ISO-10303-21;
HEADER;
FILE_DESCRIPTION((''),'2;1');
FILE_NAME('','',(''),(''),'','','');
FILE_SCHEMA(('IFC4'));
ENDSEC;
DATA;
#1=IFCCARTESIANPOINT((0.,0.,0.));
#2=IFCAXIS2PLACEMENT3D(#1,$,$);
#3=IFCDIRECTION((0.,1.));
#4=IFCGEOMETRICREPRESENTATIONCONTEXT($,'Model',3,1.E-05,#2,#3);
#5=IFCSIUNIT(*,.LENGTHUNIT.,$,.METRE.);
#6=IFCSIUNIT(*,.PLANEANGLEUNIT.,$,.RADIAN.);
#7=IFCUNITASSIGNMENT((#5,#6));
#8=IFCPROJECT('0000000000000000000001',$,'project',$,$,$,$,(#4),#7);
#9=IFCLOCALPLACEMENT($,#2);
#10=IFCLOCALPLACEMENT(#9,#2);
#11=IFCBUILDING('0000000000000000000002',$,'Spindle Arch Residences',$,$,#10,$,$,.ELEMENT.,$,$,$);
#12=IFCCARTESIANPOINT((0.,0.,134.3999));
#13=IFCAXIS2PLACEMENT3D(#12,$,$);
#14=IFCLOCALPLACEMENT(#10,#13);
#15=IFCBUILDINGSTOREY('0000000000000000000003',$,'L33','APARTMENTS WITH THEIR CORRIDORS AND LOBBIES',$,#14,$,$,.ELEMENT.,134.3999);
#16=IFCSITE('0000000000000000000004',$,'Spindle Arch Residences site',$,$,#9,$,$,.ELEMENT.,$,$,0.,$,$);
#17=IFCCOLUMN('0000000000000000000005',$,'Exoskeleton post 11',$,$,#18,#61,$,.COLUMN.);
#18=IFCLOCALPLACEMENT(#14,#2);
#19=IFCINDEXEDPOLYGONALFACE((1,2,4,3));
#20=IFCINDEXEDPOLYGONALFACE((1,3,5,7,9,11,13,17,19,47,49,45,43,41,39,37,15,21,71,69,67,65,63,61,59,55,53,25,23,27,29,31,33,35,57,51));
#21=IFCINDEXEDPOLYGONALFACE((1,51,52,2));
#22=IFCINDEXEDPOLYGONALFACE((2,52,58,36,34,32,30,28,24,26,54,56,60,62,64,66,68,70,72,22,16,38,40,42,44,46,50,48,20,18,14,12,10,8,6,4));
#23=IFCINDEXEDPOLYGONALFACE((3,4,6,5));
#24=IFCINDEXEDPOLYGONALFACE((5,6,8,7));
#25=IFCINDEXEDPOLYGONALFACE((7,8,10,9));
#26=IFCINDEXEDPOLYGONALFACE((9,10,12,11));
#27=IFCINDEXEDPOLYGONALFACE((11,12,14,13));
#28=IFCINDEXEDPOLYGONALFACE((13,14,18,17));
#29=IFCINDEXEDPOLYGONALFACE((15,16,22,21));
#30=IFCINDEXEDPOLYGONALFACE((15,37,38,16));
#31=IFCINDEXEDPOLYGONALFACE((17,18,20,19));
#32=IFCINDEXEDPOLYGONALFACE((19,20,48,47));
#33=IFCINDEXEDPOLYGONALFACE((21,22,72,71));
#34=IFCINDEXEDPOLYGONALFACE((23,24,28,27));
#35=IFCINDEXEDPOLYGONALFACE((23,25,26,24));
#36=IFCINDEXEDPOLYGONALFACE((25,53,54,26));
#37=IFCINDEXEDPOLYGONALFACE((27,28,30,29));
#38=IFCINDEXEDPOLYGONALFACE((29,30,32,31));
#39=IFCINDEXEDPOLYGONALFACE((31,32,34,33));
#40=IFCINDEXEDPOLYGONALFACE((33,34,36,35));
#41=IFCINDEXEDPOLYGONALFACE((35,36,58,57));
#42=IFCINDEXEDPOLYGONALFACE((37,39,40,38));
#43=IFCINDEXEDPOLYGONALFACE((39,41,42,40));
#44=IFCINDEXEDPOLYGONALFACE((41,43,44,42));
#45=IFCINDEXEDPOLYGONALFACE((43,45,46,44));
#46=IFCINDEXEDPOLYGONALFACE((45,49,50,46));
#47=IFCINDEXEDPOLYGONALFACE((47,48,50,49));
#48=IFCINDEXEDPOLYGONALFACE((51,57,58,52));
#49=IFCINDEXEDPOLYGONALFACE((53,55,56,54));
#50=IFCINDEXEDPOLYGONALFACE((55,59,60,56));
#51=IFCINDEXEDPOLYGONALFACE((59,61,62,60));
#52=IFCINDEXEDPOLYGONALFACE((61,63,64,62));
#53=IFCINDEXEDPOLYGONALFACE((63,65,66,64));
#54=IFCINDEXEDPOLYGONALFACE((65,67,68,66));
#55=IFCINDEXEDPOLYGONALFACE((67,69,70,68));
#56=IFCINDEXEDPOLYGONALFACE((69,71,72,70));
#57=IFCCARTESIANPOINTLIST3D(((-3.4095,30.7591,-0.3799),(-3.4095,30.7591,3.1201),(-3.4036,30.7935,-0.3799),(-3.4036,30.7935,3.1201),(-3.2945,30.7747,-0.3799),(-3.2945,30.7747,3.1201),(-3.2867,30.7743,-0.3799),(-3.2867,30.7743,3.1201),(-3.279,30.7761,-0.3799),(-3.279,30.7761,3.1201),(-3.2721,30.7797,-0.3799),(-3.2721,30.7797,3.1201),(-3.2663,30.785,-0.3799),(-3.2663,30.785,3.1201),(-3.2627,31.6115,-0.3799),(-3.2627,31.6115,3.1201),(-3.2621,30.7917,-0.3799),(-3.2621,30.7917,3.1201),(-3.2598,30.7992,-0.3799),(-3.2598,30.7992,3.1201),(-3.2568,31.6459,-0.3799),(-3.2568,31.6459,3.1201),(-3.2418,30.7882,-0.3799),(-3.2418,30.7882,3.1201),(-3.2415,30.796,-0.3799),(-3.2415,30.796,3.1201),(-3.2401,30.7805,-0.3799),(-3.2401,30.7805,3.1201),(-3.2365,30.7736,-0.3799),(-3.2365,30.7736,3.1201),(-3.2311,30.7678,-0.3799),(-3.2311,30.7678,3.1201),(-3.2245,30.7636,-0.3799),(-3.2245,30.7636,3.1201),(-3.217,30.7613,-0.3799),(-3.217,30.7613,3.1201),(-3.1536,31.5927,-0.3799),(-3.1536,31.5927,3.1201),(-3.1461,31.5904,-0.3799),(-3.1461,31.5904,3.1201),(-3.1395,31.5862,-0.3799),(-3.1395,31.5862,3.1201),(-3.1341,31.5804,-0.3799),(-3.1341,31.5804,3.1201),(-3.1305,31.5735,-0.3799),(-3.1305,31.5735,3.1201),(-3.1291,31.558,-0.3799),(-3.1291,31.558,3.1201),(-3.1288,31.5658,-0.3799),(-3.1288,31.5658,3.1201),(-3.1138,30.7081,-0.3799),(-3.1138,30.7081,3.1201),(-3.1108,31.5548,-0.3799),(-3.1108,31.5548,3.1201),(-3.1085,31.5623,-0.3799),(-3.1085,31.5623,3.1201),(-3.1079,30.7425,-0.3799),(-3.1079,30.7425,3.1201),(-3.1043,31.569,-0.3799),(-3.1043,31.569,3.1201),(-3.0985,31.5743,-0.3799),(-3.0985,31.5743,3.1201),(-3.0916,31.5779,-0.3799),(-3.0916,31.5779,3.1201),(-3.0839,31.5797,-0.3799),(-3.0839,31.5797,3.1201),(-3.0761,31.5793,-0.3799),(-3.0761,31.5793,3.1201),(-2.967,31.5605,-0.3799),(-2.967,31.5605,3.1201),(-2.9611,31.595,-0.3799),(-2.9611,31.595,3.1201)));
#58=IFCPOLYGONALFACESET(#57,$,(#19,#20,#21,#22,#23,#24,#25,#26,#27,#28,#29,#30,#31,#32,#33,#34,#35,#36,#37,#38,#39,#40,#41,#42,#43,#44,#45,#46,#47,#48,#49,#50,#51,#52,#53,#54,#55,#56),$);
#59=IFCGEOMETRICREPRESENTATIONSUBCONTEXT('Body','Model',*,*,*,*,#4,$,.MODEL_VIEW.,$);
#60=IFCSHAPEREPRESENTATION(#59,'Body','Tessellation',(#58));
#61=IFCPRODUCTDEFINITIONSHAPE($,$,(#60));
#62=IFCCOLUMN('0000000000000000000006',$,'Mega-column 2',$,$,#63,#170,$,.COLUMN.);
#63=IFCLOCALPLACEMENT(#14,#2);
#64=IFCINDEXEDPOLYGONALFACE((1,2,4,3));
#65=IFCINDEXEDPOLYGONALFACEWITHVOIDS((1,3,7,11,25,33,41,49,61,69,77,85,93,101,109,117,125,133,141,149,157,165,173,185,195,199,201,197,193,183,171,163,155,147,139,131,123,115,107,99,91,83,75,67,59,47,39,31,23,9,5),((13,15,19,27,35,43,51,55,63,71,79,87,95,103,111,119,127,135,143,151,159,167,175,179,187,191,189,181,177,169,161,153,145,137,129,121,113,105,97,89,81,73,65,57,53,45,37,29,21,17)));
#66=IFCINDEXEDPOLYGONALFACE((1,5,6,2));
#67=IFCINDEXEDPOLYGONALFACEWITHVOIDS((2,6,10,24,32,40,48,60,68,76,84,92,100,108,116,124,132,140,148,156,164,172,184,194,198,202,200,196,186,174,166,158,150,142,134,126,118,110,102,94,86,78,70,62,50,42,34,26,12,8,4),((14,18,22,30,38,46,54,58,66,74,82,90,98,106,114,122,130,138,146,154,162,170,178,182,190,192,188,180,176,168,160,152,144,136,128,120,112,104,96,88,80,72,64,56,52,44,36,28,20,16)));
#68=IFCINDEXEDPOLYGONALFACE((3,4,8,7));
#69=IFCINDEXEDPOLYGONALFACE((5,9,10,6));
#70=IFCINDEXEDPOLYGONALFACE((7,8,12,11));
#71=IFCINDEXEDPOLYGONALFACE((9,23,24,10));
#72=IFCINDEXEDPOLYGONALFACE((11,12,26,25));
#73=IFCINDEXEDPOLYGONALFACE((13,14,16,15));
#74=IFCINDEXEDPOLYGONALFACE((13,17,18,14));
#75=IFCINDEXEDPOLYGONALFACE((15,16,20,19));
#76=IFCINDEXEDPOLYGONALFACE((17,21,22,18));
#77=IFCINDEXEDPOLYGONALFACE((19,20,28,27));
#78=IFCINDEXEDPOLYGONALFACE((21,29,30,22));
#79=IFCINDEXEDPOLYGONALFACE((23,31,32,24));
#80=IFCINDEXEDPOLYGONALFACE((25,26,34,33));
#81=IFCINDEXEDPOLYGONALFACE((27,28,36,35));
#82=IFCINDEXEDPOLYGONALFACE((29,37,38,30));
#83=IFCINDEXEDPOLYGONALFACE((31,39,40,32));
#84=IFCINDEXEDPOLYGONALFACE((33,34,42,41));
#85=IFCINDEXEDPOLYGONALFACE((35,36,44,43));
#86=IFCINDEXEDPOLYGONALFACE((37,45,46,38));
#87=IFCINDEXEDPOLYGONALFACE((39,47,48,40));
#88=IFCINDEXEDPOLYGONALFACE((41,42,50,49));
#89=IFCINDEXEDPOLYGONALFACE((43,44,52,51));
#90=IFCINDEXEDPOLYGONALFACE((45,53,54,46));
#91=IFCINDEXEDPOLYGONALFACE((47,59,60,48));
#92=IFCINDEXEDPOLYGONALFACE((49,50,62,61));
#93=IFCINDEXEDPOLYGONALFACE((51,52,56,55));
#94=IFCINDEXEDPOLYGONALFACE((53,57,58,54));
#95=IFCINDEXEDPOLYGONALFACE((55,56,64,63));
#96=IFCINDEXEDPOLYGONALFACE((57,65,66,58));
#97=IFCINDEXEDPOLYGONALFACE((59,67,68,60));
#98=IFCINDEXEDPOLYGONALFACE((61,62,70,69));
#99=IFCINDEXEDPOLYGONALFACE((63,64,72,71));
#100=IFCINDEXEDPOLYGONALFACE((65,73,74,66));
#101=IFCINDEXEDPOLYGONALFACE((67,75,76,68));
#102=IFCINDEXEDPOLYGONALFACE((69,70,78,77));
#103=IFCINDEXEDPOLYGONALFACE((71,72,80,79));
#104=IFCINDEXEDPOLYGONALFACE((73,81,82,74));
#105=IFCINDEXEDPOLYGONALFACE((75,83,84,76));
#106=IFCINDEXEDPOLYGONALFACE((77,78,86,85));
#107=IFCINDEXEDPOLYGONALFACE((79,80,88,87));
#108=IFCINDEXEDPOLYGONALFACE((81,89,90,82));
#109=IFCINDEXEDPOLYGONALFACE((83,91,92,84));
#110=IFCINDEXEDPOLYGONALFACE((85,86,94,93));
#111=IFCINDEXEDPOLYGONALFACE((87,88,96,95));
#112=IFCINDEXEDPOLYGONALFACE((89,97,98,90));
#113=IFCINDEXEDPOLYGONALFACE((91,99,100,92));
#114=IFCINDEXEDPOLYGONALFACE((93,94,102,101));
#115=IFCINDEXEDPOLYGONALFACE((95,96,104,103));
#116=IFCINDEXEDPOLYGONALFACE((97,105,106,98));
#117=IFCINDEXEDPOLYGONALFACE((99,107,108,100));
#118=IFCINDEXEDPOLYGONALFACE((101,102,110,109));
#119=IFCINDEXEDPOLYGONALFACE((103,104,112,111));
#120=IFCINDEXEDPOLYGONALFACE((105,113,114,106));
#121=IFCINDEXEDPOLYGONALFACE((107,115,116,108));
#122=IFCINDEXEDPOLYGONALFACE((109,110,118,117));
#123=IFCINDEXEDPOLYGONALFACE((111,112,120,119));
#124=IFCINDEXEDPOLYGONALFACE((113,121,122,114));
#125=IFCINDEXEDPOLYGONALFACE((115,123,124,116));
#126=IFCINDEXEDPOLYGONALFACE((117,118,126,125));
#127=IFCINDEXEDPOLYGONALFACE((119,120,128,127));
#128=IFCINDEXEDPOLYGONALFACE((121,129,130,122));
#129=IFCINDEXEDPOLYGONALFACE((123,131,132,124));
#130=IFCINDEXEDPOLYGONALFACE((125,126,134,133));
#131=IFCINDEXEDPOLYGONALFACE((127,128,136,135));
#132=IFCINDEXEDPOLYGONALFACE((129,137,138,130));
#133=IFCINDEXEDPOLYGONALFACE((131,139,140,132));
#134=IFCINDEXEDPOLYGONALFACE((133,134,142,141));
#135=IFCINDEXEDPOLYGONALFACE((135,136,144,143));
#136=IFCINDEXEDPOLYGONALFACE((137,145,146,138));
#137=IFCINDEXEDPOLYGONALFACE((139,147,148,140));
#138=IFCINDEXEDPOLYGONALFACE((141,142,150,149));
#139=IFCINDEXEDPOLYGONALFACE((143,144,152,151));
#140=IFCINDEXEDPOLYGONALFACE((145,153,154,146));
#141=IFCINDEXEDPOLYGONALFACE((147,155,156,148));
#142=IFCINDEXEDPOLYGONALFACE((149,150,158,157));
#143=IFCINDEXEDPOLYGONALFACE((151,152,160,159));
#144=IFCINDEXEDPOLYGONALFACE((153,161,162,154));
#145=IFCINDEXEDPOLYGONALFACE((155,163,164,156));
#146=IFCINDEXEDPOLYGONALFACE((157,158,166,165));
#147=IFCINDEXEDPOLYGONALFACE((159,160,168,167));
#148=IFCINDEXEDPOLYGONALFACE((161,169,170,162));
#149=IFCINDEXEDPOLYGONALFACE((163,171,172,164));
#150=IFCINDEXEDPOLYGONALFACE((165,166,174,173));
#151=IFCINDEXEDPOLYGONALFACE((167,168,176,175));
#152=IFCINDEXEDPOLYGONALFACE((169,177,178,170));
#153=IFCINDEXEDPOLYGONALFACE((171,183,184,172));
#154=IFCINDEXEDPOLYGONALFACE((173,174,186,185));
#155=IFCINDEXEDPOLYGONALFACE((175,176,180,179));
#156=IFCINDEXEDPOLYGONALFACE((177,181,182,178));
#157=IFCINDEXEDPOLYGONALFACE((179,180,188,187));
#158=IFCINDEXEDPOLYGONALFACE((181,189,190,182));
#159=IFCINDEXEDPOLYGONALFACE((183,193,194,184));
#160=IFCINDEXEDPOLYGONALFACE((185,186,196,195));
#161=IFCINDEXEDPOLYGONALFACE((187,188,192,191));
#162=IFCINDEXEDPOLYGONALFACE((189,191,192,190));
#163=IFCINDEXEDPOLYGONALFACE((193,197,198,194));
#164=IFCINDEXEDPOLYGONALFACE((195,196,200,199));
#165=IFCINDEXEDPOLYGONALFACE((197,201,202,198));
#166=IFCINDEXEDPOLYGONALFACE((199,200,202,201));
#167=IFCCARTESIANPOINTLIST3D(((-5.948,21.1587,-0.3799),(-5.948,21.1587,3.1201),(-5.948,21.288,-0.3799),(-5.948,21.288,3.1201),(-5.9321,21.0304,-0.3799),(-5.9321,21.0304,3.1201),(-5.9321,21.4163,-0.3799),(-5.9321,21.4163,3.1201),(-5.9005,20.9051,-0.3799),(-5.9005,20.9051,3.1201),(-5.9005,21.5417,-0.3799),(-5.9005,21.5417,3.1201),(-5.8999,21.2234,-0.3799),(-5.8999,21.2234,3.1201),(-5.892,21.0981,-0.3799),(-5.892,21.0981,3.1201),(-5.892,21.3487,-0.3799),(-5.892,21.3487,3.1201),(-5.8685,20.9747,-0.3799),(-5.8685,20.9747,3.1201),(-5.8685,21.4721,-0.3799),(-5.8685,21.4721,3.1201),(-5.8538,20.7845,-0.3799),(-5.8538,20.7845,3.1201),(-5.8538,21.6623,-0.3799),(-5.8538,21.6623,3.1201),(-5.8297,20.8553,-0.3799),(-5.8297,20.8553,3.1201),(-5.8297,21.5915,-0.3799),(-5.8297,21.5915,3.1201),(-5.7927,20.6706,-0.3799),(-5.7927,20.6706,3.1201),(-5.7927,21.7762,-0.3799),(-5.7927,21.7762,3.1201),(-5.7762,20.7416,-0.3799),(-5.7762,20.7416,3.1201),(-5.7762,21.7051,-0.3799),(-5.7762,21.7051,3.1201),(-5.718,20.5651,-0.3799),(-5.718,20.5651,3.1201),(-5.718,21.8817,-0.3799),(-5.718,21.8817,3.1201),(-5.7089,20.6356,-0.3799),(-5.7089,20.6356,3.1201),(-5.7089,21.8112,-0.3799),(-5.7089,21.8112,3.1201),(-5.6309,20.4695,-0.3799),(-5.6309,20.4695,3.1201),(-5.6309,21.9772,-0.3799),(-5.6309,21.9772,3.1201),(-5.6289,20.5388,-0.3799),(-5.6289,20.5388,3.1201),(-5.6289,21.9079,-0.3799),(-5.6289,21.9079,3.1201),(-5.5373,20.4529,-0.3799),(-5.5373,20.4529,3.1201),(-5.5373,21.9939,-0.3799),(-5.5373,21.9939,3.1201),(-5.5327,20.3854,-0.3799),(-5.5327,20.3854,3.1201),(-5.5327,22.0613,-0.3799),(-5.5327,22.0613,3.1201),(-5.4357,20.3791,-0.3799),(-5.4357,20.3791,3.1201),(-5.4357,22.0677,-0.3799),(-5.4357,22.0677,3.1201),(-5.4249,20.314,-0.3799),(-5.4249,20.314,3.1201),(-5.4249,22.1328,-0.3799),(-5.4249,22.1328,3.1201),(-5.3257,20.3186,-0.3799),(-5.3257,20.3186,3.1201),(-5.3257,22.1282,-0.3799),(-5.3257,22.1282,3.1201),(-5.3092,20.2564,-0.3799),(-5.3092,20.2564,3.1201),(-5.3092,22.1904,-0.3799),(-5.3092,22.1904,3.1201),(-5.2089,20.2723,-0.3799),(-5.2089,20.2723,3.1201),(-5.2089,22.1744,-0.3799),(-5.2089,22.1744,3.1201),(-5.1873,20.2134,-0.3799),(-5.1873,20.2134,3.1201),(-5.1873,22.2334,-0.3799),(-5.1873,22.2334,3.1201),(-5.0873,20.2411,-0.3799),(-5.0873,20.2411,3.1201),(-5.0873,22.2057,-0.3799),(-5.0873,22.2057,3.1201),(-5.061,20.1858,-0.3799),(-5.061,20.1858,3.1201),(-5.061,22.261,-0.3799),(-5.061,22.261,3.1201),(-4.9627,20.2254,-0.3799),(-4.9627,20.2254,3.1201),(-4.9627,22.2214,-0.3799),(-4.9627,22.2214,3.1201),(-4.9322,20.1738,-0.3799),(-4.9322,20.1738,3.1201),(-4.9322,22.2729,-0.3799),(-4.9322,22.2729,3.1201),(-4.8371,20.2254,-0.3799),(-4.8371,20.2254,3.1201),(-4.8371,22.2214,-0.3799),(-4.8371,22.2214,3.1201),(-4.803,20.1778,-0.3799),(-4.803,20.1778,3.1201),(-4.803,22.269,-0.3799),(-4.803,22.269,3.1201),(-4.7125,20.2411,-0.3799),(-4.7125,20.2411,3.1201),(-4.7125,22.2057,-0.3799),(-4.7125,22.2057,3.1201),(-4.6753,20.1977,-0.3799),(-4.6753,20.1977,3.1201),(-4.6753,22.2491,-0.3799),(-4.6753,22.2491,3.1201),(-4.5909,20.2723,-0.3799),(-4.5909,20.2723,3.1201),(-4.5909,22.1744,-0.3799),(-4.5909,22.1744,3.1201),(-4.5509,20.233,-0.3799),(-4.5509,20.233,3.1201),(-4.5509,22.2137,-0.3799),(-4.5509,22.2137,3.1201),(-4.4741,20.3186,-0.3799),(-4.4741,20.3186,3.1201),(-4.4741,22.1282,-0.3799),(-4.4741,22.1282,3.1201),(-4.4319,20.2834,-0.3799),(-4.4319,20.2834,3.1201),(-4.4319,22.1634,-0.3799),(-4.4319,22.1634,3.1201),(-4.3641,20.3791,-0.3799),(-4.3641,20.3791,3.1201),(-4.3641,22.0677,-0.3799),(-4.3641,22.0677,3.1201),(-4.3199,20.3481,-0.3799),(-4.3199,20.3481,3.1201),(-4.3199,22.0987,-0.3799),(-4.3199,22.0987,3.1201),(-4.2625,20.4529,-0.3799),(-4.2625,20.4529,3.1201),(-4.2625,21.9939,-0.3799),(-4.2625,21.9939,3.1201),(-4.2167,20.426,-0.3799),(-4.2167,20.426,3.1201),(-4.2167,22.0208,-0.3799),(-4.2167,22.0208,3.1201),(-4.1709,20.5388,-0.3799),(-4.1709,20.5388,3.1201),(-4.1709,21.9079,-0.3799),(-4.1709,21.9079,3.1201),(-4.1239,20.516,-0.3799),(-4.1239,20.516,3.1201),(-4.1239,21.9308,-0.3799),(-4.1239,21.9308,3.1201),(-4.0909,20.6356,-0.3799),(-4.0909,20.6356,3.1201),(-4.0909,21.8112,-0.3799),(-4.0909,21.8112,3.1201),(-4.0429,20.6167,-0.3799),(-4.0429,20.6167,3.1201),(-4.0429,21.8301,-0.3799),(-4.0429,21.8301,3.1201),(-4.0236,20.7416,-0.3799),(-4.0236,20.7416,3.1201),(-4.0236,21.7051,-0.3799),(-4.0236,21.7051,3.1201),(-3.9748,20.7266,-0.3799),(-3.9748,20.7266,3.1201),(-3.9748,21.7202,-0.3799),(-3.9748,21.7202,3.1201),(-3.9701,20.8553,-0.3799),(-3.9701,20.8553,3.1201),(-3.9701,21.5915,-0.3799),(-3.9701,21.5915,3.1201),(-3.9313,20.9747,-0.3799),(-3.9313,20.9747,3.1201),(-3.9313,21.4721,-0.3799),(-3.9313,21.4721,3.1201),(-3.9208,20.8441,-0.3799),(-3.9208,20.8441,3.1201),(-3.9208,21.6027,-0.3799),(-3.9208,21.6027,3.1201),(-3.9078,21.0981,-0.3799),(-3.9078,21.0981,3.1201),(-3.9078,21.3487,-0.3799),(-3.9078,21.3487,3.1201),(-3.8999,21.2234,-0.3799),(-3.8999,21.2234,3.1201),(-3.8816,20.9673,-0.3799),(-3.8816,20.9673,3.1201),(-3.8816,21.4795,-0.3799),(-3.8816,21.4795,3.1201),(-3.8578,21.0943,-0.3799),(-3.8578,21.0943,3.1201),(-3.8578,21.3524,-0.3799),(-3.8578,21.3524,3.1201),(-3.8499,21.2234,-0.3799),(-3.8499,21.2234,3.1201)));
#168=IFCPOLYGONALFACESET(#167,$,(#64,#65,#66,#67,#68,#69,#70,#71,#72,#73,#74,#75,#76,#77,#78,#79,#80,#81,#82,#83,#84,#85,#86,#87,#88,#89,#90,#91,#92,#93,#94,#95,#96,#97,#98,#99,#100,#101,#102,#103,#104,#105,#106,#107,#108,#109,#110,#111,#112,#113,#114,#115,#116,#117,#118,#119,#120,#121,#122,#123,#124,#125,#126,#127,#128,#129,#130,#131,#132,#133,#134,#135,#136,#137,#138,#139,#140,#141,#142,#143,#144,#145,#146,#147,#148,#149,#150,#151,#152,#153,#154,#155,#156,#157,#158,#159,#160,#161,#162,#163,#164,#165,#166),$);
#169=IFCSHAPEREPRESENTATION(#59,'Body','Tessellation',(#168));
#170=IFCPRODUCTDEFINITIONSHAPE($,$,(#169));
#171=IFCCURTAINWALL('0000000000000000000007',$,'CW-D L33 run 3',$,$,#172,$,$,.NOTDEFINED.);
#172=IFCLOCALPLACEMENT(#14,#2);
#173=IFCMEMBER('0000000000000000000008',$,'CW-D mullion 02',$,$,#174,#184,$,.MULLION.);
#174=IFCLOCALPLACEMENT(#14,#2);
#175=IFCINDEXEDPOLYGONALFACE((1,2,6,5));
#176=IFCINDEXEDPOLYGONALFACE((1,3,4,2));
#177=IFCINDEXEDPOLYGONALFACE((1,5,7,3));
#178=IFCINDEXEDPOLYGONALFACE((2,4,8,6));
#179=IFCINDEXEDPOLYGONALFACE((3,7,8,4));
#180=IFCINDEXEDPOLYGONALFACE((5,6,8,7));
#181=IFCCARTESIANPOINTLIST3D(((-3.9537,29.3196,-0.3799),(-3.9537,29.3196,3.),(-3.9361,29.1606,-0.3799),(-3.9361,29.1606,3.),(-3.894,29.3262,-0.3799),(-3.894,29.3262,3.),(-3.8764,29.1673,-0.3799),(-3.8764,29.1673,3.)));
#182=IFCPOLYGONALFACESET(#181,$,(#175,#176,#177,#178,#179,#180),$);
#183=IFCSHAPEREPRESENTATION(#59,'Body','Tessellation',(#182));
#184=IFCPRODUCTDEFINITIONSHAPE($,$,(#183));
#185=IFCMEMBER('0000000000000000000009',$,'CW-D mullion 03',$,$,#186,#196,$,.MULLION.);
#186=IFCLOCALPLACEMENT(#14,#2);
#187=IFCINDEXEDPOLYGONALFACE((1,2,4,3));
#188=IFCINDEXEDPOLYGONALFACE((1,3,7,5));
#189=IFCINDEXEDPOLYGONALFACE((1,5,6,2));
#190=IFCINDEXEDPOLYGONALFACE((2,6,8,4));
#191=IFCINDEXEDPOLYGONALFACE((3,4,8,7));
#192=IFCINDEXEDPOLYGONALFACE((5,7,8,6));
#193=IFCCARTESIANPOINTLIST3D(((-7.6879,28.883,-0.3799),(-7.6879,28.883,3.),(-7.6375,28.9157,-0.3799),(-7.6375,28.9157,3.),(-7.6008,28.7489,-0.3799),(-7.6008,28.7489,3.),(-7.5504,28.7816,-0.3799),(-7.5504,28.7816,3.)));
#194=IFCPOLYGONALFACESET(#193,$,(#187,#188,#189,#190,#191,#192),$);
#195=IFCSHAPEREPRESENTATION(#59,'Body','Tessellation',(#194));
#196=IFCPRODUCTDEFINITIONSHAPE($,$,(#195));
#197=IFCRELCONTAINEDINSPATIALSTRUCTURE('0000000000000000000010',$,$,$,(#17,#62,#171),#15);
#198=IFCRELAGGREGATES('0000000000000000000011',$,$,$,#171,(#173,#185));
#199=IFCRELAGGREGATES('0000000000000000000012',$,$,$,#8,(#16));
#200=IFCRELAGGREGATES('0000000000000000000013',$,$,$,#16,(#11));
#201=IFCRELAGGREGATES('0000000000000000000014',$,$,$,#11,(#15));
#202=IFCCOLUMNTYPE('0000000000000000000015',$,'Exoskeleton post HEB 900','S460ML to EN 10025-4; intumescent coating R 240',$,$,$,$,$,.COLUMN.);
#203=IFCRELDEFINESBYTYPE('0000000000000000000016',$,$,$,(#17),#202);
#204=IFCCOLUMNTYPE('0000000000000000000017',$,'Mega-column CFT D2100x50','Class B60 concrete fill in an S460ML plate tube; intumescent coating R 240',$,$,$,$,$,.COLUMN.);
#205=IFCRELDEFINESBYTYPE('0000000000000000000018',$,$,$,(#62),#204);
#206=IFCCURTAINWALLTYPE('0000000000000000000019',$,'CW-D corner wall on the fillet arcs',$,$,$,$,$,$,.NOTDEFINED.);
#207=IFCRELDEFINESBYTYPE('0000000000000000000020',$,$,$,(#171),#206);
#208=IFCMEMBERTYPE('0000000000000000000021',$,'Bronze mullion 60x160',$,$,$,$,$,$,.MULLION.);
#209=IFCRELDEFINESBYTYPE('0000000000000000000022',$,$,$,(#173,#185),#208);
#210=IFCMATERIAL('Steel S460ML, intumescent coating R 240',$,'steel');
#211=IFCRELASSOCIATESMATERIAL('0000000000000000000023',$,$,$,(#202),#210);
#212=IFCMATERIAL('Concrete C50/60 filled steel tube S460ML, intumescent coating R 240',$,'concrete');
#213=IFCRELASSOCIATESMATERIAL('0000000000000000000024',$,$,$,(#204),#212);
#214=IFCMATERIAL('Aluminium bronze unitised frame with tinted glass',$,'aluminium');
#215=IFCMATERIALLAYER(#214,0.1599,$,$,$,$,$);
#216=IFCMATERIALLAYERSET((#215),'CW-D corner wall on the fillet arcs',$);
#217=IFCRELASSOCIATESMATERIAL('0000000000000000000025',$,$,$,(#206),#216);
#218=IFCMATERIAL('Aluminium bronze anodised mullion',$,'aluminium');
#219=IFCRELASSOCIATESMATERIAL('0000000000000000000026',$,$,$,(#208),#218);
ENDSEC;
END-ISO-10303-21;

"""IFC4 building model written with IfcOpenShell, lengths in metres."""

from ifc_helpers import new_model, si_unit, direction, frame, origin, origin_2d, place, context, subcontext, project, spatial, rectangle, hollow_circle, i_section, extrude, material, layer, layer_set, material_profile, profile_set, type_object, element, aggregate, save


model = new_model("IFC4")

# Units and contexts
model_context = context("Model", 3, precision=1e-05, world=origin(), true_north=direction((0.0, 1.0)))
body_context = subcontext(model_context, "Body", "Model", "MODEL_VIEW")
ifc_project = project(units=[si_unit("LENGTHUNIT", "METRE"), si_unit("PLANEANGLEUNIT", "RADIAN")], contexts=[model_context])

# Site, building, storey
site_placement = place(None, origin())
site = spatial("IfcSite", under=ifc_project, at=site_placement, Name="Spindle Arch Residences site", CompositionType="ELEMENT", RefElevation=0.0)
building_placement = place(site_placement, origin())
building = spatial("IfcBuilding", under=site, at=building_placement, Name="Spindle Arch Residences", CompositionType="ELEMENT")
storey_placement = place(building_placement, frame((0.0, 0.0, 134.3999)))
storey = spatial("IfcBuildingStorey", under=building, at=storey_placement, Name="L33", Description="APARTMENTS WITH THEIR CORRIDORS AND LOBBIES", CompositionType="ELEMENT", Elevation=134.3999)

# Columns
ifc_material_1 = material(Name="Steel S460ML, intumescent coating R 240", Category="steel")
ifc_material_profile_1 = material_profile(ifc_material_1, i_section(OverallWidth=0.3, OverallDepth=0.8999, WebThickness=0.0186, FlangeThickness=0.0349, FilletRadius=0.03, at=origin_2d()), Name="HEB 900")
ifc_profile_set_1 = profile_set([ifc_material_profile_1], Name="Steel S460ML, intumescent coating R 240")
column_type_1 = type_object("IfcColumnType", Name="Exoskeleton post HEB 900", Description="S460ML to EN 10025-4; intumescent coating R 240", PredefinedType="COLUMN", material=ifc_profile_set_1)
column_1_placement = place(storey_placement, frame((-3.1853, 31.177, -0.3799), z_axis=(0.0, 0.0, 1.0), x_axis=(0.985485, -0.169765, 0.0)))
element("IfcColumn", 1, at=column_1_placement, inside=storey, type_object=column_type_1, Name="Exoskeleton post 11", PredefinedType="COLUMN", context=body_context, shape_type="SweptSolid", body=[
    extrude(i_section(OverallWidth=0.3, OverallDepth=0.8999, WebThickness=0.0186, FlangeThickness=0.0349, FilletRadius=0.03, at=origin_2d()), origin(), (0.0, 0.0, 1.0), 3.5),
])
ifc_material_2 = material(Name="Concrete C50/60 filled steel tube S460ML, intumescent coating R 240", Category="concrete")
ifc_material_profile_2 = material_profile(ifc_material_2, hollow_circle(Radius=1.05, WallThickness=0.05, at=origin_2d()), Name="CFT D2100x50")
ifc_profile_set_2 = profile_set([ifc_material_profile_2], Name="Concrete C50/60 filled steel tube S460ML, intumescent coating R 240")
column_type_2 = type_object("IfcColumnType", Name="Mega-column CFT D2100x50", Description="Class B60 concrete fill in an S460ML plate tube; intumescent coating R 240", PredefinedType="COLUMN", material=ifc_profile_set_2)
column_2_placement = place(storey_placement, frame((-4.8999, 21.2234, -0.3799), z_axis=(0.0, 0.0, 1.0), x_axis=(1.0, 0.0, 0.0)))
element("IfcColumn", 2, at=column_2_placement, inside=storey, type_object=column_type_2, Name="Mega-column 2", PredefinedType="COLUMN", context=body_context, shape_type="SweptSolid", body=[
    extrude(hollow_circle(Radius=1.05, WallThickness=0.05, at=origin_2d()), origin(), (0.0, 0.0, 1.0), 3.5),
])

# Curtain wall, members
ifc_material_3 = material(Name="Aluminium bronze unitised frame with tinted glass", Category="aluminium")
ifc_layer_1 = layer(ifc_material_3, 0.1599)
ifc_layer_set_1 = layer_set([ifc_layer_1], Name="CW-D corner wall on the fillet arcs")
curtain_wall_type = type_object("IfcCurtainWallType", Name="CW-D corner wall on the fillet arcs", PredefinedType="NOTDEFINED", material=ifc_layer_set_1)
curtain_wall_placement = place(storey_placement, origin())
curtain_wall = element("IfcCurtainWall", 3, at=curtain_wall_placement, inside=storey, type_object=curtain_wall_type, Name="CW-D L33 run 3", PredefinedType="NOTDEFINED")
ifc_material_4 = material(Name="Aluminium bronze anodised mullion", Category="aluminium")
ifc_material_profile_3 = material_profile(ifc_material_4, rectangle(XDim=0.1599, YDim=0.0601, at=origin_2d()), Name="MU 60x160")
ifc_profile_set_3 = profile_set([ifc_material_profile_3], Name="Aluminium bronze anodised mullion")
member_type_1 = type_object("IfcMemberType", Name="Bronze mullion 60x160", PredefinedType="MULLION", material=ifc_profile_set_3)
member_1_placement = place(storey_placement, frame((-3.915, 29.2434, -0.3799), z_axis=(0.0, 0.0, 1.0), x_axis=(0.110313, -0.993897, 0.0)))
member_1 = element("IfcMember", 4, at=member_1_placement, type_object=member_type_1, Name="CW-D mullion 02", PredefinedType="MULLION", context=body_context, shape_type="SweptSolid", body=[
    extrude(rectangle(XDim=0.1599, YDim=0.0601, at=origin_2d()), origin(), (0.0, 0.0, 1.0), 3.3799),
])
member_2_placement = place(storey_placement, frame((-7.6191, 28.8323, -0.3799), z_axis=(0.0, 0.0, 1.0), x_axis=(0.544639, -0.838671, 0.0)))
member_2 = element("IfcMember", 5, at=member_2_placement, type_object=member_type_1, Name="CW-D mullion 03", PredefinedType="MULLION", context=body_context, shape_type="SweptSolid", body=[
    extrude(rectangle(XDim=0.1599, YDim=0.0601, at=origin_2d()), origin(), (0.0, 0.0, 1.0), 3.3799),
])

aggregate(curtain_wall, [member_1, member_2])

save(model, "model.ifc")
